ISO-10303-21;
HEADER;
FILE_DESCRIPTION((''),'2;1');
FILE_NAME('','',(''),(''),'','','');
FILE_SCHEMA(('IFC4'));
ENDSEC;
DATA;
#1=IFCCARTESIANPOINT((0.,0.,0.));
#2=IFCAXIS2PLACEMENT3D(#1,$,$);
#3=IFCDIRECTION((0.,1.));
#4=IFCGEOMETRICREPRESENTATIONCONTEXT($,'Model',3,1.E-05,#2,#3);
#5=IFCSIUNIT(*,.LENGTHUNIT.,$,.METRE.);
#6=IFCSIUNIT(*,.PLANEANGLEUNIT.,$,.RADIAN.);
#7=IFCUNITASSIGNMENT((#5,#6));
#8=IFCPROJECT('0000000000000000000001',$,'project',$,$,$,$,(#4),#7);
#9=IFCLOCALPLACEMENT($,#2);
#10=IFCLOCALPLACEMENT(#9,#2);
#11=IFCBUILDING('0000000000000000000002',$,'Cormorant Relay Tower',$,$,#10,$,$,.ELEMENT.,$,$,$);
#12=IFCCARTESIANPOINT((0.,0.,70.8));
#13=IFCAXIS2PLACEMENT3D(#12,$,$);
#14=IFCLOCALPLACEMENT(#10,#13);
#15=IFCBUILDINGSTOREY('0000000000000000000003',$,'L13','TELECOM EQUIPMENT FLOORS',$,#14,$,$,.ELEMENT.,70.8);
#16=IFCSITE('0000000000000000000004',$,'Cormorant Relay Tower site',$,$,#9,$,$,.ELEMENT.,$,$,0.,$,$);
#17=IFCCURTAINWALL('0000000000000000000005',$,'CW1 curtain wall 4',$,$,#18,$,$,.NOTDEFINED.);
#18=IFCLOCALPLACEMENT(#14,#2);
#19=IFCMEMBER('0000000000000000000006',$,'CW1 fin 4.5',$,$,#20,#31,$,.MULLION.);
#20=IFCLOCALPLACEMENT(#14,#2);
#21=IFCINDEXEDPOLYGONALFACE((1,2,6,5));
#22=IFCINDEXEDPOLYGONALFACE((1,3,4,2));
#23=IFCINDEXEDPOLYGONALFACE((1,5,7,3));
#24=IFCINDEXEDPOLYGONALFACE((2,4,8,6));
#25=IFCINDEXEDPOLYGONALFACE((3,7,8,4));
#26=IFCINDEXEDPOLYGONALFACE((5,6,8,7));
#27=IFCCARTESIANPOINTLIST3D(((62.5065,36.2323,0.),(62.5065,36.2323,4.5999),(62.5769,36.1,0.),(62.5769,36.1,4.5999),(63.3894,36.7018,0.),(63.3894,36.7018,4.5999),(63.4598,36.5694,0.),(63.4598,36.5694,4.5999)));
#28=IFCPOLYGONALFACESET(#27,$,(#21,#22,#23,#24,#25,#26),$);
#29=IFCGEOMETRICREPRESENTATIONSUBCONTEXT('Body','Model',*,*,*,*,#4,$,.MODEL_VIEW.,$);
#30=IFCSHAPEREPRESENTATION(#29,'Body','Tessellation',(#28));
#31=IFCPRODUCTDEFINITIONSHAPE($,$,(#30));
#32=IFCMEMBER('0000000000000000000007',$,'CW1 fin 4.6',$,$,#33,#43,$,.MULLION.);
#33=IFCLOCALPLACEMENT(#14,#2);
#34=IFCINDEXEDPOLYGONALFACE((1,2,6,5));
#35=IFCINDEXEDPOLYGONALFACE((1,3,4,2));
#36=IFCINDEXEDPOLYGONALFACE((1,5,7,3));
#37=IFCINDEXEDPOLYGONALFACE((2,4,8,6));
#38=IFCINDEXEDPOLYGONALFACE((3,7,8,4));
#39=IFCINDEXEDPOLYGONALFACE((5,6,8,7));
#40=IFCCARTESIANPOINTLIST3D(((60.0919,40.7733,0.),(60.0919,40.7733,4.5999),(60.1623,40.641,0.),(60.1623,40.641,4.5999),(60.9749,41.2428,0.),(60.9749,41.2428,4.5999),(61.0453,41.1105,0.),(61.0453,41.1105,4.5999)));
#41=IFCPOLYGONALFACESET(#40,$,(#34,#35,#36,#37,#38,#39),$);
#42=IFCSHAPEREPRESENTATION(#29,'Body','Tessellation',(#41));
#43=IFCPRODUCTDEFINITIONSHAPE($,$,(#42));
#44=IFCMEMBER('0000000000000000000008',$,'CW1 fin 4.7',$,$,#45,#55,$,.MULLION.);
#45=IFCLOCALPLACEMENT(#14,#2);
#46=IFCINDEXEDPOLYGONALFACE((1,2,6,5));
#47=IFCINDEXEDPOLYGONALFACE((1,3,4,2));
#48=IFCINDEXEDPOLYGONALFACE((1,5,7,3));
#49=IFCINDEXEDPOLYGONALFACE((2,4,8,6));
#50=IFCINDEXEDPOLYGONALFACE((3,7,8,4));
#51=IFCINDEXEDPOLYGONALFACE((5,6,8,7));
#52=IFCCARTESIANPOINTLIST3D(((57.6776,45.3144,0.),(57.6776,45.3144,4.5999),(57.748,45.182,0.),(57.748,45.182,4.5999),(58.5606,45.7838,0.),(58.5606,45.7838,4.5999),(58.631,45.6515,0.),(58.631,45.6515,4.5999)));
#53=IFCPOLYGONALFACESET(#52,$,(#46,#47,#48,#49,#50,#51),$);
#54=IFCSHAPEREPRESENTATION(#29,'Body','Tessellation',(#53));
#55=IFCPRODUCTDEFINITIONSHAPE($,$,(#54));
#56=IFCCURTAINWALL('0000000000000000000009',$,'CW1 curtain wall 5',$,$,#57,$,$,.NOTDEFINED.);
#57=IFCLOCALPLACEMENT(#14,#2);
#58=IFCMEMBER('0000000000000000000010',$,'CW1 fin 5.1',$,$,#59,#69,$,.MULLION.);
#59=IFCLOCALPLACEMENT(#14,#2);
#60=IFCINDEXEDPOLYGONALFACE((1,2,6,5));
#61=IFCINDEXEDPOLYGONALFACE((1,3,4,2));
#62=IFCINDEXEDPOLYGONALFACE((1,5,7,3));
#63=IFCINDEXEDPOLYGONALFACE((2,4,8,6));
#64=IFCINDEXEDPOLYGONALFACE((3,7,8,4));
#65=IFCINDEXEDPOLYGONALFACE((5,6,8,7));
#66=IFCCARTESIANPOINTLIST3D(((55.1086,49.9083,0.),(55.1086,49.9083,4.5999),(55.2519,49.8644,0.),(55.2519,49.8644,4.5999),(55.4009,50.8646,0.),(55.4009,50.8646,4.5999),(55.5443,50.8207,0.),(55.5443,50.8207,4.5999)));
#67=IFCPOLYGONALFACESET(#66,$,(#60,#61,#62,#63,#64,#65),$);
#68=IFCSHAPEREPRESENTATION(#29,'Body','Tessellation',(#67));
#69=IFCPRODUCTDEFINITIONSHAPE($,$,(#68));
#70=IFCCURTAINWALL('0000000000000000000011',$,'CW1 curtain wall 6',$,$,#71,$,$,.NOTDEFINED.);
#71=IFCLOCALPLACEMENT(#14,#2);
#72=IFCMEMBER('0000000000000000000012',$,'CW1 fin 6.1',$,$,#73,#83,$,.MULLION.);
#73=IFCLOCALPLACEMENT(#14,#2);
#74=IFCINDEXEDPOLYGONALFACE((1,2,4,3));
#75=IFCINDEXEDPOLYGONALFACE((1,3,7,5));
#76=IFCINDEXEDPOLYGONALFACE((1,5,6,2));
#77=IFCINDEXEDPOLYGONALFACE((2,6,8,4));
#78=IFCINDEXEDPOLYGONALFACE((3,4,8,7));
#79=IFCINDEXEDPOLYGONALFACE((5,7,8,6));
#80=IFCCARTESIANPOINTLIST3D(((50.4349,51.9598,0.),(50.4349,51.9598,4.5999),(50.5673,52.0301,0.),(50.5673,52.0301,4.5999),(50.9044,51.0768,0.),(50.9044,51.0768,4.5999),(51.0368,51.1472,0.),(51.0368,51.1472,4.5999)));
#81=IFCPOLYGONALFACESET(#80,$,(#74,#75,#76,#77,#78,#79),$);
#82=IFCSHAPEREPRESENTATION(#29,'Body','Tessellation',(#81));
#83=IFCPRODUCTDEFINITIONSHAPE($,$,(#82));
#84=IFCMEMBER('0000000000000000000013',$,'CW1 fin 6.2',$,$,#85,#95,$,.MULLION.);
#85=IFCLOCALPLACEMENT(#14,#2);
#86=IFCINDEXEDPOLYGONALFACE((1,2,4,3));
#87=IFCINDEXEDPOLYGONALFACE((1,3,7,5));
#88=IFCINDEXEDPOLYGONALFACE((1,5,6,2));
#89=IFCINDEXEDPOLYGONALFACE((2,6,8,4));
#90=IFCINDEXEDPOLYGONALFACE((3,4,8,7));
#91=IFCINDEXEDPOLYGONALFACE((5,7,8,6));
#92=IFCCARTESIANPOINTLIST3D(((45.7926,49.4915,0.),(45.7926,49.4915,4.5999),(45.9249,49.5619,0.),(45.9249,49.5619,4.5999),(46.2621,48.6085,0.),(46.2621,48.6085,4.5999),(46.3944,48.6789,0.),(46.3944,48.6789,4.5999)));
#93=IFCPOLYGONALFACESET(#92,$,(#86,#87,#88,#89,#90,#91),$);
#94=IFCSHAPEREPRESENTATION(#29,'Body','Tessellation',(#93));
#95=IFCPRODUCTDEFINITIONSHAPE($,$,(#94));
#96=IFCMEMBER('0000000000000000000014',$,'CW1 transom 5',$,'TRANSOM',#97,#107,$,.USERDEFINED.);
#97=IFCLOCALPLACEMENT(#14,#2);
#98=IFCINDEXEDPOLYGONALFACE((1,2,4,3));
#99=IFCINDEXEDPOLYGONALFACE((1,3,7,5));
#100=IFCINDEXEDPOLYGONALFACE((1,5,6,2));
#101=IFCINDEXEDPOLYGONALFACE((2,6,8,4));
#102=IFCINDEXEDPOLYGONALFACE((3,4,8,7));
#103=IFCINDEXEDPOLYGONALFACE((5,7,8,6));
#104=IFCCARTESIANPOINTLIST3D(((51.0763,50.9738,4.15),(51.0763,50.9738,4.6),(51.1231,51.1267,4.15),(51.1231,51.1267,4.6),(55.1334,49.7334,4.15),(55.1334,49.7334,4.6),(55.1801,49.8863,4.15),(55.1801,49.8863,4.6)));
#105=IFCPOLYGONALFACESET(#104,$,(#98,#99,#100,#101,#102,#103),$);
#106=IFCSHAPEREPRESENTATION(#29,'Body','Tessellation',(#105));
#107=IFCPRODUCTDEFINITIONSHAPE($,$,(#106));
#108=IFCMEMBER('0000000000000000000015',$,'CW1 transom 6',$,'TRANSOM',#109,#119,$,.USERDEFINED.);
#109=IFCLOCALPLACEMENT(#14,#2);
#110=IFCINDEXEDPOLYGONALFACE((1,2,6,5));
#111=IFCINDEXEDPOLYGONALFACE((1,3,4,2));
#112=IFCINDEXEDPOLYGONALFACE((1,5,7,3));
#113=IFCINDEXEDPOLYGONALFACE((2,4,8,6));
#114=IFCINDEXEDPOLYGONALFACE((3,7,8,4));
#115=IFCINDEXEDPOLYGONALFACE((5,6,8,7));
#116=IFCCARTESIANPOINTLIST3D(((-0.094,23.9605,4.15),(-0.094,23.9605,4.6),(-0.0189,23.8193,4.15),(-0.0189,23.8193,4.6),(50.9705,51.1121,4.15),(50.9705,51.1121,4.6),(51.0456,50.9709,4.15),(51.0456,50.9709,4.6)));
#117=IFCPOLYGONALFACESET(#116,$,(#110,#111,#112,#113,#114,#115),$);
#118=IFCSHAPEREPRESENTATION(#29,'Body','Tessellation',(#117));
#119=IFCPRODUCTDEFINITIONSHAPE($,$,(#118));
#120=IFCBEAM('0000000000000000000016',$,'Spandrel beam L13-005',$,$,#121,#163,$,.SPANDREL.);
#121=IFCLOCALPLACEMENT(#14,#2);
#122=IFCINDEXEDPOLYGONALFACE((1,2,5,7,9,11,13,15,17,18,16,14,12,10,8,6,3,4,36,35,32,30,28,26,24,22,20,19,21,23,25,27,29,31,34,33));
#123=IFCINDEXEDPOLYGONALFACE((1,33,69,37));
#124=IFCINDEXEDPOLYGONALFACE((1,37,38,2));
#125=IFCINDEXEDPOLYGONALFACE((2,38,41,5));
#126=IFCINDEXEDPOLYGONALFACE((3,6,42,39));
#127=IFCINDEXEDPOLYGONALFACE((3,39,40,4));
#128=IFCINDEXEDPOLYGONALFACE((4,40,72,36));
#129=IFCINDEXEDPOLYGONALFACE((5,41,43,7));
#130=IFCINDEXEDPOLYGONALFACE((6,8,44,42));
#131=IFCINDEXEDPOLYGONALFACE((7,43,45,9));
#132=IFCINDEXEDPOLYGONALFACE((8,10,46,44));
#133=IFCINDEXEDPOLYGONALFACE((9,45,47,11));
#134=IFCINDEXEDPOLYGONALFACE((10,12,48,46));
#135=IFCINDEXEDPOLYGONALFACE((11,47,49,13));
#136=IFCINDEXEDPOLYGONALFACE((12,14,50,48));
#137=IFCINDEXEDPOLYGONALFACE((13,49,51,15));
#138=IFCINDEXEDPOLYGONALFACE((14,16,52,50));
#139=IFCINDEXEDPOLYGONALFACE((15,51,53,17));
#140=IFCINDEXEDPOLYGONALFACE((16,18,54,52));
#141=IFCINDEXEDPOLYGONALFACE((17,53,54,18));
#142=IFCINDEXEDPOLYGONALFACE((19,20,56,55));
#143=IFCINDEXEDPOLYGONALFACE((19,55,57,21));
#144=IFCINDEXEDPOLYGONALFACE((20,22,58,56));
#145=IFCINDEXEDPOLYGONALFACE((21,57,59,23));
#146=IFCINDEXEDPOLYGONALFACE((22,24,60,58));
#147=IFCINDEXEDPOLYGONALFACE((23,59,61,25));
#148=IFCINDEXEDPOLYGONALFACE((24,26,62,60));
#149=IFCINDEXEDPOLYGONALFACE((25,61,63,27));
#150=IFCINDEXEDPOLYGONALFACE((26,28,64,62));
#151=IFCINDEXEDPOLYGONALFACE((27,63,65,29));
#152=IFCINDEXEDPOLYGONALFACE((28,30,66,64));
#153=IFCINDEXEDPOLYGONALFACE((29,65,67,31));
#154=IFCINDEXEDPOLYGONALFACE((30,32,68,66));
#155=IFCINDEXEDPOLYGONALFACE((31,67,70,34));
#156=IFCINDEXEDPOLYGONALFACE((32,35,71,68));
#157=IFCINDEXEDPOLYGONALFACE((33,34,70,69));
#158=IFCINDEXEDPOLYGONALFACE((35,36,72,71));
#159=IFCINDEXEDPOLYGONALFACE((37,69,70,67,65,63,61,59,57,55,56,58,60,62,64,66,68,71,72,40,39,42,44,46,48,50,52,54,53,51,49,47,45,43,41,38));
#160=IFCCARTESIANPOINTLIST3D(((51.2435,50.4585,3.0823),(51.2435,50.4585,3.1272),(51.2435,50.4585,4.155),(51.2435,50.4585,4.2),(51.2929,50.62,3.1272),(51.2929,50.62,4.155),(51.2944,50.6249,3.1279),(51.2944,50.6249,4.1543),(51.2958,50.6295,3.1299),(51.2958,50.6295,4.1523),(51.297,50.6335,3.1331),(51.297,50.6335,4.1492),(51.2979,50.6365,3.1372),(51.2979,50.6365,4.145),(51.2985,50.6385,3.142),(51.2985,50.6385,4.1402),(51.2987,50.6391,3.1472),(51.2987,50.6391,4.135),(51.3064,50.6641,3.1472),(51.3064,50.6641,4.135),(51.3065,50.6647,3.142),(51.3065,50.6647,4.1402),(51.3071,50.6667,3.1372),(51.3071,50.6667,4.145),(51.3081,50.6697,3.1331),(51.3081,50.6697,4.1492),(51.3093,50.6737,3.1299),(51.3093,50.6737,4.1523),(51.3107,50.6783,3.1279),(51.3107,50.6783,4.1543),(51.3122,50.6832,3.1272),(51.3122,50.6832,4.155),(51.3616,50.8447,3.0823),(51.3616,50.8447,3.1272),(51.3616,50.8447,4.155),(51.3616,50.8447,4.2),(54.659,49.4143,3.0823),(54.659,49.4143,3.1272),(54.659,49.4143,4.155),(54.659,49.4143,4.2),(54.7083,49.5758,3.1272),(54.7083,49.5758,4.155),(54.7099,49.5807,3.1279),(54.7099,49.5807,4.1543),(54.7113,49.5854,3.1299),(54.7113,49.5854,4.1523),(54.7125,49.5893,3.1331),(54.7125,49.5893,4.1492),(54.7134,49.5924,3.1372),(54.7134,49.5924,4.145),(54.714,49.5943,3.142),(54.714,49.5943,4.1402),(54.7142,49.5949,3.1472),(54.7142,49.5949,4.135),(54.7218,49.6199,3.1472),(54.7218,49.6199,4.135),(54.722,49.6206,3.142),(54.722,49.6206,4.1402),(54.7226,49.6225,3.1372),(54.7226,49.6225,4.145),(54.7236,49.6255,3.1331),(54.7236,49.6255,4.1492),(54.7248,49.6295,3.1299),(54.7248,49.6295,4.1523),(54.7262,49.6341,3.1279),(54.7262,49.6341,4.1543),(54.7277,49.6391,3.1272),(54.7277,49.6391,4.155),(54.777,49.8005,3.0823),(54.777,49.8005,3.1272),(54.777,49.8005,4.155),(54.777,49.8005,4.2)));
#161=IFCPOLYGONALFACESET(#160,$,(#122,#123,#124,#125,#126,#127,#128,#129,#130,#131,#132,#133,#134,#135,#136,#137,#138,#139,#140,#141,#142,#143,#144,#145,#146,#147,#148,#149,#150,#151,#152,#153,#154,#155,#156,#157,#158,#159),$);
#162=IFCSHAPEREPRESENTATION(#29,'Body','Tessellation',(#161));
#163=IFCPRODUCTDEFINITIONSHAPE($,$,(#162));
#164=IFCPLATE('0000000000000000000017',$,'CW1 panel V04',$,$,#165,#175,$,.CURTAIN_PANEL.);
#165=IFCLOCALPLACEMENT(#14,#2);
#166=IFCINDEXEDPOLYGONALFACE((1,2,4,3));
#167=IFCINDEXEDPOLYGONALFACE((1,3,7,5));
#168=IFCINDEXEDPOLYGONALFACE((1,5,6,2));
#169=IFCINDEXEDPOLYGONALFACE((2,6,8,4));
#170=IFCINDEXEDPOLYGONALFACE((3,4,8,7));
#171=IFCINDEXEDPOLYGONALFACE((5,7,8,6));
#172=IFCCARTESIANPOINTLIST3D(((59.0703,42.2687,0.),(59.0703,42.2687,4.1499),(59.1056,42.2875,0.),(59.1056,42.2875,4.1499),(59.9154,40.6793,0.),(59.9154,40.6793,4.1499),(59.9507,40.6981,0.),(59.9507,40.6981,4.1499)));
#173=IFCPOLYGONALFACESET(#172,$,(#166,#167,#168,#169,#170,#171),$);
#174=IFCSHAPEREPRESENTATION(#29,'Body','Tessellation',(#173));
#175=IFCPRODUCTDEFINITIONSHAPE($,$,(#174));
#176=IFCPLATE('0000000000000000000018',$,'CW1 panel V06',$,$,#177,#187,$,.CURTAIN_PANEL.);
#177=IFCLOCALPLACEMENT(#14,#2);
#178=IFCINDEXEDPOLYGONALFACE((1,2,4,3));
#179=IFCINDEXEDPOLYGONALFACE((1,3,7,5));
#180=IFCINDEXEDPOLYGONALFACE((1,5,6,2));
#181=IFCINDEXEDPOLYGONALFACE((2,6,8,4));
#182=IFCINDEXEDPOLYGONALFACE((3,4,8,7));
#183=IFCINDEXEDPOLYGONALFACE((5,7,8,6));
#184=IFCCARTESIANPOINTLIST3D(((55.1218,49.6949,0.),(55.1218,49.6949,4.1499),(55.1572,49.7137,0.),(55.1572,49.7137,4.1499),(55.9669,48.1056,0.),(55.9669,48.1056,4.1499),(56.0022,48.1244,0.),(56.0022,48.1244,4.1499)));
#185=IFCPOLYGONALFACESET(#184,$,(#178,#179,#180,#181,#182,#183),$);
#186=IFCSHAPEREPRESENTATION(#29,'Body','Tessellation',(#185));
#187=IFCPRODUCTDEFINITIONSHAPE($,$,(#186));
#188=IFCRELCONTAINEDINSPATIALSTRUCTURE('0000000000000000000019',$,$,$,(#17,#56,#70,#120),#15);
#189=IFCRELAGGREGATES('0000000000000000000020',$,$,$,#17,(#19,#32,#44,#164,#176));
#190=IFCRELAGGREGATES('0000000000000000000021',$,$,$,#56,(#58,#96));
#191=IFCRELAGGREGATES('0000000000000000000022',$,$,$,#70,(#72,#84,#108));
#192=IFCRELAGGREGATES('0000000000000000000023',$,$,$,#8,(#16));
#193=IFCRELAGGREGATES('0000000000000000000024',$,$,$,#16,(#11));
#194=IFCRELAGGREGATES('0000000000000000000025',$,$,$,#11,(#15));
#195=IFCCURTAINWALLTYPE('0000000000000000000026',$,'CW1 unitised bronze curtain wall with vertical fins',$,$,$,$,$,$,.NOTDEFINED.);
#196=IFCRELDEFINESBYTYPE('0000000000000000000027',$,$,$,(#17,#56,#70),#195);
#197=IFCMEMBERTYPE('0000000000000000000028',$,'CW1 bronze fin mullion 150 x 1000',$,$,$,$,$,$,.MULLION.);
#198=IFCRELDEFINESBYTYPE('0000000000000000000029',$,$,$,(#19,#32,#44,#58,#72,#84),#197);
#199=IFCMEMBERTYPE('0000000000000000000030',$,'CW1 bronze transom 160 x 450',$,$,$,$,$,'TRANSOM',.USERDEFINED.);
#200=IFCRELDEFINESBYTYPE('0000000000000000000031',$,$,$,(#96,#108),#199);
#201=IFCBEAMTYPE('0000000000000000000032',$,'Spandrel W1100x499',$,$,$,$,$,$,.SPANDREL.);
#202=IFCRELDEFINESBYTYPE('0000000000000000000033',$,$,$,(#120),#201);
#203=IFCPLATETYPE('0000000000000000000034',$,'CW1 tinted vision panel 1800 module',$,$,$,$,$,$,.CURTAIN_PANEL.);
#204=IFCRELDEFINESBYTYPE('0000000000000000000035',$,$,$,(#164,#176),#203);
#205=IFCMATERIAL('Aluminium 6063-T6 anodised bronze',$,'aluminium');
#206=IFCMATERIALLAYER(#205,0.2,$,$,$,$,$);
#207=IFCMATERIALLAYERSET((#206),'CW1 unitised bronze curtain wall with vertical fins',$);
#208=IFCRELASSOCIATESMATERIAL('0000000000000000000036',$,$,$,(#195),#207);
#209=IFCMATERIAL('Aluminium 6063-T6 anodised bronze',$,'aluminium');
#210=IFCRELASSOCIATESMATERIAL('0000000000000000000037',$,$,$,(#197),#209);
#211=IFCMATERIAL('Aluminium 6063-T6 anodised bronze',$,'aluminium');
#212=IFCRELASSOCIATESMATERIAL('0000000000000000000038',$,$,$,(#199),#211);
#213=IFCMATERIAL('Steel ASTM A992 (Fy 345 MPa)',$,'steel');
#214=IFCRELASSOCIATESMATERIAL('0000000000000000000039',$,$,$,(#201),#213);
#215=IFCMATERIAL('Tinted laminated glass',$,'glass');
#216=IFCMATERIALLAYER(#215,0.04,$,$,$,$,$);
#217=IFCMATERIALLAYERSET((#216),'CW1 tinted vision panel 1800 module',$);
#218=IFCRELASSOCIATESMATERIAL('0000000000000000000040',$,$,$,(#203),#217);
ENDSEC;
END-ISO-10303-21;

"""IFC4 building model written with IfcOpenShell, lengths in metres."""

from ifc_helpers import new_model, si_unit, direction, frame, origin, origin_2d, place, context, subcontext, project, spatial, rectangle, i_section, extrude, material, layer, layer_set, material_profile, profile_set, type_object, element, aggregate, save


model = new_model("IFC4")

# Units and contexts
model_context = context("Model", 3, precision=1e-05, world=origin(), true_north=direction((0.0, 1.0)))
body_context = subcontext(model_context, "Body", "Model", "MODEL_VIEW")
ifc_project = project(units=[si_unit("LENGTHUNIT", "METRE"), si_unit("PLANEANGLEUNIT", "RADIAN")], contexts=[model_context])

# Site, building, storey
site_placement = place(None, origin())
site = spatial("IfcSite", under=ifc_project, at=site_placement, Name="Cormorant Relay Tower site", CompositionType="ELEMENT", RefElevation=0.0)
building_placement = place(site_placement, origin())
building = spatial("IfcBuilding", under=site, at=building_placement, Name="Cormorant Relay Tower", CompositionType="ELEMENT")
storey_placement = place(building_placement, frame((0.0, 0.0, 70.8)))
storey = spatial("IfcBuildingStorey", under=building, at=storey_placement, Name="L13", Description="TELECOM EQUIPMENT FLOORS", CompositionType="ELEMENT", Elevation=70.8)

# Curtain wall, members
ifc_material_1 = material(Name="Aluminium 6063-T6 anodised bronze", Category="aluminium")
ifc_layer_1 = layer(ifc_material_1, 0.2)
ifc_layer_set_1 = layer_set([ifc_layer_1], Name="CW1 unitised bronze curtain wall with vertical fins")
curtain_wall_type = type_object("IfcCurtainWallType", Name="CW1 unitised bronze curtain wall with vertical fins", PredefinedType="NOTDEFINED", material=ifc_layer_set_1)
curtain_wall_1_placement = place(storey_placement, origin())
curtain_wall_1 = element("IfcCurtainWall", 1, at=curtain_wall_1_placement, inside=storey, type_object=curtain_wall_type, Name="CW1 curtain wall 4", PredefinedType="NOTDEFINED")
ifc_material_2 = material(Name="Aluminium 6063-T6 anodised bronze", Category="aluminium")
ifc_material_profile_1 = material_profile(ifc_material_2, rectangle(XDim=0.1499, YDim=1.0, at=origin_2d()), Name="AL 150x1000")
ifc_profile_set_1 = profile_set([ifc_material_profile_1], Name="Aluminium 6063-T6 anodised bronze")
member_type_1 = type_object("IfcMemberType", Name="CW1 bronze fin mullion 150 x 1000", PredefinedType="MULLION", material=ifc_profile_set_1)
member_1_placement = place(storey_placement, frame((62.9832, 36.4009, 0.0), z_axis=(0.0, 0.0, 1.0), x_axis=(-0.469472, 0.882948, 0.0)))
member_1 = element("IfcMember", 2, at=member_1_placement, type_object=member_type_1, Name="CW1 fin 4.5", PredefinedType="MULLION", context=body_context, shape_type="SweptSolid", body=[
    extrude(rectangle(XDim=0.1499, YDim=1.0, at=origin_2d()), origin(), (0.0, 0.0, 1.0), 4.5999),
])
member_2_placement = place(storey_placement, frame((60.5686, 40.9419, 0.0), z_axis=(0.0, 0.0, 1.0), x_axis=(-0.469472, 0.882948, 0.0)))
member_2 = element("IfcMember", 3, at=member_2_placement, type_object=member_type_1, Name="CW1 fin 4.6", PredefinedType="MULLION", context=body_context, shape_type="SweptSolid", body=[
    extrude(rectangle(XDim=0.1499, YDim=1.0, at=origin_2d()), origin(), (0.0, 0.0, 1.0), 4.5999),
])
member_3_placement = place(storey_placement, frame((58.1543, 45.4829, 0.0), z_axis=(0.0, 0.0, 1.0), x_axis=(-0.469472, 0.882948, 0.0)))
member_3 = element("IfcMember", 4, at=member_3_placement, type_object=member_type_1, Name="CW1 fin 4.7", PredefinedType="MULLION", context=body_context, shape_type="SweptSolid", body=[
    extrude(rectangle(XDim=0.1499, YDim=1.0, at=origin_2d()), origin(), (0.0, 0.0, 1.0), 4.5999),
])

# Curtain wall, member
curtain_wall_2_placement = place(storey_placement, origin())
curtain_wall_2 = element("IfcCurtainWall", 5, at=curtain_wall_2_placement, inside=storey, type_object=curtain_wall_type, Name="CW1 curtain wall 5", PredefinedType="NOTDEFINED")
member_4_placement = place(storey_placement, frame((55.3264, 50.3645, 0.0), z_axis=(0.0, 0.0, 1.0), x_axis=(-0.956305, 0.292372, 0.0)))
member_4 = element("IfcMember", 6, at=member_4_placement, type_object=member_type_1, Name="CW1 fin 5.1", PredefinedType="MULLION", context=body_context, shape_type="SweptSolid", body=[
    extrude(rectangle(XDim=0.1499, YDim=1.0, at=origin_2d()), origin(), (0.0, 0.0, 1.0), 4.5999),
])

# Curtain wall, members
curtain_wall_3_placement = place(storey_placement, origin())
curtain_wall_3 = element("IfcCurtainWall", 7, at=curtain_wall_3_placement, inside=storey, type_object=curtain_wall_type, Name="CW1 curtain wall 6", PredefinedType="NOTDEFINED")
member_5_placement = place(storey_placement, frame((50.7358, 51.5535, 0.0), z_axis=(0.0, 0.0, 1.0), x_axis=(-0.882948, -0.469472, 0.0)))
member_5 = element("IfcMember", 8, at=member_5_placement, type_object=member_type_1, Name="CW1 fin 6.1", PredefinedType="MULLION", context=body_context, shape_type="SweptSolid", body=[
    extrude(rectangle(XDim=0.1499, YDim=1.0, at=origin_2d()), origin(), (0.0, 0.0, 1.0), 4.5999),
])
member_6_placement = place(storey_placement, frame((46.0935, 49.0852, 0.0), z_axis=(0.0, 0.0, 1.0), x_axis=(-0.882948, -0.469472, 0.0)))
member_6 = element("IfcMember", 9, at=member_6_placement, type_object=member_type_1, Name="CW1 fin 6.2", PredefinedType="MULLION", context=body_context, shape_type="SweptSolid", body=[
    extrude(rectangle(XDim=0.1499, YDim=1.0, at=origin_2d()), origin(), (0.0, 0.0, 1.0), 4.5999),
])

# Members
ifc_material_3 = material(Name="Aluminium 6063-T6 anodised bronze", Category="aluminium")
ifc_material_profile_2 = material_profile(ifc_material_3, rectangle(XDim=0.1599, YDim=0.45, at=origin_2d()), Name="AL 160x450")
ifc_profile_set_2 = profile_set([ifc_material_profile_2], Name="Aluminium 6063-T6 anodised bronze")
member_type_2 = type_object("IfcMemberType", Name="CW1 bronze transom 160 x 450", ElementType="TRANSOM", PredefinedType="USERDEFINED", material=ifc_profile_set_2)
member_7_placement = place(storey_placement, frame((55.1567, 49.8098, 4.375), z_axis=(-0.956299, 0.292391, 0.0), x_axis=(-0.292391, -0.956299, 0.0)))
member_7 = element("IfcMember", 10, at=member_7_placement, type_object=member_type_2, Name="CW1 transom 5", ObjectType="TRANSOM", PredefinedType="USERDEFINED", context=body_context, shape_type="SweptSolid", body=[
    extrude(rectangle(XDim=0.1599, YDim=0.45, at=origin_2d()), origin(), (0.0, 0.0, 1.0), 4.2424),
])
member_8_placement = place(storey_placement, frame((51.0081, 51.0415, 4.375), z_axis=(-0.882946, -0.469474, 0.0), x_axis=(0.469474, -0.882946, 0.0)))
member_8 = element("IfcMember", 11, at=member_8_placement, type_object=member_type_2, Name="CW1 transom 6", ObjectType="TRANSOM", PredefinedType="USERDEFINED", context=body_context, shape_type="SweptSolid", body=[
    extrude(rectangle(XDim=0.1599, YDim=0.45, at=origin_2d()), origin(), (0.0, 0.0, 1.0), 57.8342),
])

# Beam
ifc_material_4 = material(Name="Steel ASTM A992 (Fy 345 MPa)", Category="steel")
ifc_material_profile_3 = material_profile(ifc_material_4, i_section(OverallWidth=0.4038, OverallDepth=1.1177, WebThickness=0.0261, FlangeThickness=0.0449, FilletRadius=0.02, at=origin_2d()), Name="W1100x499")
ifc_profile_set_3 = profile_set([ifc_material_profile_3], Name="Steel ASTM A992 (Fy 345 MPa)")
beam_type = type_object("IfcBeamType", Name="Spandrel W1100x499", PredefinedType="SPANDREL", material=ifc_profile_set_3)
beam_placement = place(storey_placement, frame((54.718, 49.6074, 3.6411), z_axis=(-0.956308, 0.292361, 0.0), x_axis=(-0.292361, -0.956308, 0.0)))
element("IfcBeam", 12, at=beam_placement, inside=storey, type_object=beam_type, Name="Spandrel beam L13-005", PredefinedType="SPANDREL", context=body_context, shape_type="SweptSolid", body=[
    extrude(i_section(OverallWidth=0.4038, OverallDepth=1.1177, WebThickness=0.0261, FlangeThickness=0.0449, FilletRadius=0.02, at=origin_2d()), origin(), (0.0, 0.0, 1.0), 3.5715),
])

# Plates
ifc_material_5 = material(Name="Tinted laminated glass", Category="glass")
ifc_layer_2 = layer(ifc_material_5, 0.04)
ifc_layer_set_2 = layer_set([ifc_layer_2], Name="CW1 tinted vision panel 1800 module")
plate_type = type_object("IfcPlateType", Name="CW1 tinted vision panel 1800 module", PredefinedType="CURTAIN_PANEL", material=ifc_layer_set_2)
plate_1_placement = place(storey_placement, frame((59.5105, 41.4834, 0.0), z_axis=(0.0, 0.0, 1.0), x_axis=(-0.469472, 0.882948, 0.0)))
plate_1 = element("IfcPlate", 13, at=plate_1_placement, type_object=plate_type, Name="CW1 panel V04", PredefinedType="CURTAIN_PANEL", context=body_context, shape_type="SweptSolid", body=[
    extrude(rectangle(XDim=1.8, YDim=0.04, at=origin_2d()), origin(), (0.0, 0.0, 1.0), 4.1499),
])
plate_2_placement = place(storey_placement, frame((55.562, 48.9097, 0.0), z_axis=(0.0, 0.0, 1.0), x_axis=(-0.469472, 0.882948, 0.0)))
plate_2 = element("IfcPlate", 14, at=plate_2_placement, type_object=plate_type, Name="CW1 panel V06", PredefinedType="CURTAIN_PANEL", context=body_context, shape_type="SweptSolid", body=[
    extrude(rectangle(XDim=1.8, YDim=0.04, at=origin_2d()), origin(), (0.0, 0.0, 1.0), 4.1499),
])

aggregate(curtain_wall_1, [member_1, member_2, member_3, plate_1, plate_2])
aggregate(curtain_wall_2, [member_4, member_7])
aggregate(curtain_wall_3, [member_5, member_6, member_8])

save(model, "model.ifc")
